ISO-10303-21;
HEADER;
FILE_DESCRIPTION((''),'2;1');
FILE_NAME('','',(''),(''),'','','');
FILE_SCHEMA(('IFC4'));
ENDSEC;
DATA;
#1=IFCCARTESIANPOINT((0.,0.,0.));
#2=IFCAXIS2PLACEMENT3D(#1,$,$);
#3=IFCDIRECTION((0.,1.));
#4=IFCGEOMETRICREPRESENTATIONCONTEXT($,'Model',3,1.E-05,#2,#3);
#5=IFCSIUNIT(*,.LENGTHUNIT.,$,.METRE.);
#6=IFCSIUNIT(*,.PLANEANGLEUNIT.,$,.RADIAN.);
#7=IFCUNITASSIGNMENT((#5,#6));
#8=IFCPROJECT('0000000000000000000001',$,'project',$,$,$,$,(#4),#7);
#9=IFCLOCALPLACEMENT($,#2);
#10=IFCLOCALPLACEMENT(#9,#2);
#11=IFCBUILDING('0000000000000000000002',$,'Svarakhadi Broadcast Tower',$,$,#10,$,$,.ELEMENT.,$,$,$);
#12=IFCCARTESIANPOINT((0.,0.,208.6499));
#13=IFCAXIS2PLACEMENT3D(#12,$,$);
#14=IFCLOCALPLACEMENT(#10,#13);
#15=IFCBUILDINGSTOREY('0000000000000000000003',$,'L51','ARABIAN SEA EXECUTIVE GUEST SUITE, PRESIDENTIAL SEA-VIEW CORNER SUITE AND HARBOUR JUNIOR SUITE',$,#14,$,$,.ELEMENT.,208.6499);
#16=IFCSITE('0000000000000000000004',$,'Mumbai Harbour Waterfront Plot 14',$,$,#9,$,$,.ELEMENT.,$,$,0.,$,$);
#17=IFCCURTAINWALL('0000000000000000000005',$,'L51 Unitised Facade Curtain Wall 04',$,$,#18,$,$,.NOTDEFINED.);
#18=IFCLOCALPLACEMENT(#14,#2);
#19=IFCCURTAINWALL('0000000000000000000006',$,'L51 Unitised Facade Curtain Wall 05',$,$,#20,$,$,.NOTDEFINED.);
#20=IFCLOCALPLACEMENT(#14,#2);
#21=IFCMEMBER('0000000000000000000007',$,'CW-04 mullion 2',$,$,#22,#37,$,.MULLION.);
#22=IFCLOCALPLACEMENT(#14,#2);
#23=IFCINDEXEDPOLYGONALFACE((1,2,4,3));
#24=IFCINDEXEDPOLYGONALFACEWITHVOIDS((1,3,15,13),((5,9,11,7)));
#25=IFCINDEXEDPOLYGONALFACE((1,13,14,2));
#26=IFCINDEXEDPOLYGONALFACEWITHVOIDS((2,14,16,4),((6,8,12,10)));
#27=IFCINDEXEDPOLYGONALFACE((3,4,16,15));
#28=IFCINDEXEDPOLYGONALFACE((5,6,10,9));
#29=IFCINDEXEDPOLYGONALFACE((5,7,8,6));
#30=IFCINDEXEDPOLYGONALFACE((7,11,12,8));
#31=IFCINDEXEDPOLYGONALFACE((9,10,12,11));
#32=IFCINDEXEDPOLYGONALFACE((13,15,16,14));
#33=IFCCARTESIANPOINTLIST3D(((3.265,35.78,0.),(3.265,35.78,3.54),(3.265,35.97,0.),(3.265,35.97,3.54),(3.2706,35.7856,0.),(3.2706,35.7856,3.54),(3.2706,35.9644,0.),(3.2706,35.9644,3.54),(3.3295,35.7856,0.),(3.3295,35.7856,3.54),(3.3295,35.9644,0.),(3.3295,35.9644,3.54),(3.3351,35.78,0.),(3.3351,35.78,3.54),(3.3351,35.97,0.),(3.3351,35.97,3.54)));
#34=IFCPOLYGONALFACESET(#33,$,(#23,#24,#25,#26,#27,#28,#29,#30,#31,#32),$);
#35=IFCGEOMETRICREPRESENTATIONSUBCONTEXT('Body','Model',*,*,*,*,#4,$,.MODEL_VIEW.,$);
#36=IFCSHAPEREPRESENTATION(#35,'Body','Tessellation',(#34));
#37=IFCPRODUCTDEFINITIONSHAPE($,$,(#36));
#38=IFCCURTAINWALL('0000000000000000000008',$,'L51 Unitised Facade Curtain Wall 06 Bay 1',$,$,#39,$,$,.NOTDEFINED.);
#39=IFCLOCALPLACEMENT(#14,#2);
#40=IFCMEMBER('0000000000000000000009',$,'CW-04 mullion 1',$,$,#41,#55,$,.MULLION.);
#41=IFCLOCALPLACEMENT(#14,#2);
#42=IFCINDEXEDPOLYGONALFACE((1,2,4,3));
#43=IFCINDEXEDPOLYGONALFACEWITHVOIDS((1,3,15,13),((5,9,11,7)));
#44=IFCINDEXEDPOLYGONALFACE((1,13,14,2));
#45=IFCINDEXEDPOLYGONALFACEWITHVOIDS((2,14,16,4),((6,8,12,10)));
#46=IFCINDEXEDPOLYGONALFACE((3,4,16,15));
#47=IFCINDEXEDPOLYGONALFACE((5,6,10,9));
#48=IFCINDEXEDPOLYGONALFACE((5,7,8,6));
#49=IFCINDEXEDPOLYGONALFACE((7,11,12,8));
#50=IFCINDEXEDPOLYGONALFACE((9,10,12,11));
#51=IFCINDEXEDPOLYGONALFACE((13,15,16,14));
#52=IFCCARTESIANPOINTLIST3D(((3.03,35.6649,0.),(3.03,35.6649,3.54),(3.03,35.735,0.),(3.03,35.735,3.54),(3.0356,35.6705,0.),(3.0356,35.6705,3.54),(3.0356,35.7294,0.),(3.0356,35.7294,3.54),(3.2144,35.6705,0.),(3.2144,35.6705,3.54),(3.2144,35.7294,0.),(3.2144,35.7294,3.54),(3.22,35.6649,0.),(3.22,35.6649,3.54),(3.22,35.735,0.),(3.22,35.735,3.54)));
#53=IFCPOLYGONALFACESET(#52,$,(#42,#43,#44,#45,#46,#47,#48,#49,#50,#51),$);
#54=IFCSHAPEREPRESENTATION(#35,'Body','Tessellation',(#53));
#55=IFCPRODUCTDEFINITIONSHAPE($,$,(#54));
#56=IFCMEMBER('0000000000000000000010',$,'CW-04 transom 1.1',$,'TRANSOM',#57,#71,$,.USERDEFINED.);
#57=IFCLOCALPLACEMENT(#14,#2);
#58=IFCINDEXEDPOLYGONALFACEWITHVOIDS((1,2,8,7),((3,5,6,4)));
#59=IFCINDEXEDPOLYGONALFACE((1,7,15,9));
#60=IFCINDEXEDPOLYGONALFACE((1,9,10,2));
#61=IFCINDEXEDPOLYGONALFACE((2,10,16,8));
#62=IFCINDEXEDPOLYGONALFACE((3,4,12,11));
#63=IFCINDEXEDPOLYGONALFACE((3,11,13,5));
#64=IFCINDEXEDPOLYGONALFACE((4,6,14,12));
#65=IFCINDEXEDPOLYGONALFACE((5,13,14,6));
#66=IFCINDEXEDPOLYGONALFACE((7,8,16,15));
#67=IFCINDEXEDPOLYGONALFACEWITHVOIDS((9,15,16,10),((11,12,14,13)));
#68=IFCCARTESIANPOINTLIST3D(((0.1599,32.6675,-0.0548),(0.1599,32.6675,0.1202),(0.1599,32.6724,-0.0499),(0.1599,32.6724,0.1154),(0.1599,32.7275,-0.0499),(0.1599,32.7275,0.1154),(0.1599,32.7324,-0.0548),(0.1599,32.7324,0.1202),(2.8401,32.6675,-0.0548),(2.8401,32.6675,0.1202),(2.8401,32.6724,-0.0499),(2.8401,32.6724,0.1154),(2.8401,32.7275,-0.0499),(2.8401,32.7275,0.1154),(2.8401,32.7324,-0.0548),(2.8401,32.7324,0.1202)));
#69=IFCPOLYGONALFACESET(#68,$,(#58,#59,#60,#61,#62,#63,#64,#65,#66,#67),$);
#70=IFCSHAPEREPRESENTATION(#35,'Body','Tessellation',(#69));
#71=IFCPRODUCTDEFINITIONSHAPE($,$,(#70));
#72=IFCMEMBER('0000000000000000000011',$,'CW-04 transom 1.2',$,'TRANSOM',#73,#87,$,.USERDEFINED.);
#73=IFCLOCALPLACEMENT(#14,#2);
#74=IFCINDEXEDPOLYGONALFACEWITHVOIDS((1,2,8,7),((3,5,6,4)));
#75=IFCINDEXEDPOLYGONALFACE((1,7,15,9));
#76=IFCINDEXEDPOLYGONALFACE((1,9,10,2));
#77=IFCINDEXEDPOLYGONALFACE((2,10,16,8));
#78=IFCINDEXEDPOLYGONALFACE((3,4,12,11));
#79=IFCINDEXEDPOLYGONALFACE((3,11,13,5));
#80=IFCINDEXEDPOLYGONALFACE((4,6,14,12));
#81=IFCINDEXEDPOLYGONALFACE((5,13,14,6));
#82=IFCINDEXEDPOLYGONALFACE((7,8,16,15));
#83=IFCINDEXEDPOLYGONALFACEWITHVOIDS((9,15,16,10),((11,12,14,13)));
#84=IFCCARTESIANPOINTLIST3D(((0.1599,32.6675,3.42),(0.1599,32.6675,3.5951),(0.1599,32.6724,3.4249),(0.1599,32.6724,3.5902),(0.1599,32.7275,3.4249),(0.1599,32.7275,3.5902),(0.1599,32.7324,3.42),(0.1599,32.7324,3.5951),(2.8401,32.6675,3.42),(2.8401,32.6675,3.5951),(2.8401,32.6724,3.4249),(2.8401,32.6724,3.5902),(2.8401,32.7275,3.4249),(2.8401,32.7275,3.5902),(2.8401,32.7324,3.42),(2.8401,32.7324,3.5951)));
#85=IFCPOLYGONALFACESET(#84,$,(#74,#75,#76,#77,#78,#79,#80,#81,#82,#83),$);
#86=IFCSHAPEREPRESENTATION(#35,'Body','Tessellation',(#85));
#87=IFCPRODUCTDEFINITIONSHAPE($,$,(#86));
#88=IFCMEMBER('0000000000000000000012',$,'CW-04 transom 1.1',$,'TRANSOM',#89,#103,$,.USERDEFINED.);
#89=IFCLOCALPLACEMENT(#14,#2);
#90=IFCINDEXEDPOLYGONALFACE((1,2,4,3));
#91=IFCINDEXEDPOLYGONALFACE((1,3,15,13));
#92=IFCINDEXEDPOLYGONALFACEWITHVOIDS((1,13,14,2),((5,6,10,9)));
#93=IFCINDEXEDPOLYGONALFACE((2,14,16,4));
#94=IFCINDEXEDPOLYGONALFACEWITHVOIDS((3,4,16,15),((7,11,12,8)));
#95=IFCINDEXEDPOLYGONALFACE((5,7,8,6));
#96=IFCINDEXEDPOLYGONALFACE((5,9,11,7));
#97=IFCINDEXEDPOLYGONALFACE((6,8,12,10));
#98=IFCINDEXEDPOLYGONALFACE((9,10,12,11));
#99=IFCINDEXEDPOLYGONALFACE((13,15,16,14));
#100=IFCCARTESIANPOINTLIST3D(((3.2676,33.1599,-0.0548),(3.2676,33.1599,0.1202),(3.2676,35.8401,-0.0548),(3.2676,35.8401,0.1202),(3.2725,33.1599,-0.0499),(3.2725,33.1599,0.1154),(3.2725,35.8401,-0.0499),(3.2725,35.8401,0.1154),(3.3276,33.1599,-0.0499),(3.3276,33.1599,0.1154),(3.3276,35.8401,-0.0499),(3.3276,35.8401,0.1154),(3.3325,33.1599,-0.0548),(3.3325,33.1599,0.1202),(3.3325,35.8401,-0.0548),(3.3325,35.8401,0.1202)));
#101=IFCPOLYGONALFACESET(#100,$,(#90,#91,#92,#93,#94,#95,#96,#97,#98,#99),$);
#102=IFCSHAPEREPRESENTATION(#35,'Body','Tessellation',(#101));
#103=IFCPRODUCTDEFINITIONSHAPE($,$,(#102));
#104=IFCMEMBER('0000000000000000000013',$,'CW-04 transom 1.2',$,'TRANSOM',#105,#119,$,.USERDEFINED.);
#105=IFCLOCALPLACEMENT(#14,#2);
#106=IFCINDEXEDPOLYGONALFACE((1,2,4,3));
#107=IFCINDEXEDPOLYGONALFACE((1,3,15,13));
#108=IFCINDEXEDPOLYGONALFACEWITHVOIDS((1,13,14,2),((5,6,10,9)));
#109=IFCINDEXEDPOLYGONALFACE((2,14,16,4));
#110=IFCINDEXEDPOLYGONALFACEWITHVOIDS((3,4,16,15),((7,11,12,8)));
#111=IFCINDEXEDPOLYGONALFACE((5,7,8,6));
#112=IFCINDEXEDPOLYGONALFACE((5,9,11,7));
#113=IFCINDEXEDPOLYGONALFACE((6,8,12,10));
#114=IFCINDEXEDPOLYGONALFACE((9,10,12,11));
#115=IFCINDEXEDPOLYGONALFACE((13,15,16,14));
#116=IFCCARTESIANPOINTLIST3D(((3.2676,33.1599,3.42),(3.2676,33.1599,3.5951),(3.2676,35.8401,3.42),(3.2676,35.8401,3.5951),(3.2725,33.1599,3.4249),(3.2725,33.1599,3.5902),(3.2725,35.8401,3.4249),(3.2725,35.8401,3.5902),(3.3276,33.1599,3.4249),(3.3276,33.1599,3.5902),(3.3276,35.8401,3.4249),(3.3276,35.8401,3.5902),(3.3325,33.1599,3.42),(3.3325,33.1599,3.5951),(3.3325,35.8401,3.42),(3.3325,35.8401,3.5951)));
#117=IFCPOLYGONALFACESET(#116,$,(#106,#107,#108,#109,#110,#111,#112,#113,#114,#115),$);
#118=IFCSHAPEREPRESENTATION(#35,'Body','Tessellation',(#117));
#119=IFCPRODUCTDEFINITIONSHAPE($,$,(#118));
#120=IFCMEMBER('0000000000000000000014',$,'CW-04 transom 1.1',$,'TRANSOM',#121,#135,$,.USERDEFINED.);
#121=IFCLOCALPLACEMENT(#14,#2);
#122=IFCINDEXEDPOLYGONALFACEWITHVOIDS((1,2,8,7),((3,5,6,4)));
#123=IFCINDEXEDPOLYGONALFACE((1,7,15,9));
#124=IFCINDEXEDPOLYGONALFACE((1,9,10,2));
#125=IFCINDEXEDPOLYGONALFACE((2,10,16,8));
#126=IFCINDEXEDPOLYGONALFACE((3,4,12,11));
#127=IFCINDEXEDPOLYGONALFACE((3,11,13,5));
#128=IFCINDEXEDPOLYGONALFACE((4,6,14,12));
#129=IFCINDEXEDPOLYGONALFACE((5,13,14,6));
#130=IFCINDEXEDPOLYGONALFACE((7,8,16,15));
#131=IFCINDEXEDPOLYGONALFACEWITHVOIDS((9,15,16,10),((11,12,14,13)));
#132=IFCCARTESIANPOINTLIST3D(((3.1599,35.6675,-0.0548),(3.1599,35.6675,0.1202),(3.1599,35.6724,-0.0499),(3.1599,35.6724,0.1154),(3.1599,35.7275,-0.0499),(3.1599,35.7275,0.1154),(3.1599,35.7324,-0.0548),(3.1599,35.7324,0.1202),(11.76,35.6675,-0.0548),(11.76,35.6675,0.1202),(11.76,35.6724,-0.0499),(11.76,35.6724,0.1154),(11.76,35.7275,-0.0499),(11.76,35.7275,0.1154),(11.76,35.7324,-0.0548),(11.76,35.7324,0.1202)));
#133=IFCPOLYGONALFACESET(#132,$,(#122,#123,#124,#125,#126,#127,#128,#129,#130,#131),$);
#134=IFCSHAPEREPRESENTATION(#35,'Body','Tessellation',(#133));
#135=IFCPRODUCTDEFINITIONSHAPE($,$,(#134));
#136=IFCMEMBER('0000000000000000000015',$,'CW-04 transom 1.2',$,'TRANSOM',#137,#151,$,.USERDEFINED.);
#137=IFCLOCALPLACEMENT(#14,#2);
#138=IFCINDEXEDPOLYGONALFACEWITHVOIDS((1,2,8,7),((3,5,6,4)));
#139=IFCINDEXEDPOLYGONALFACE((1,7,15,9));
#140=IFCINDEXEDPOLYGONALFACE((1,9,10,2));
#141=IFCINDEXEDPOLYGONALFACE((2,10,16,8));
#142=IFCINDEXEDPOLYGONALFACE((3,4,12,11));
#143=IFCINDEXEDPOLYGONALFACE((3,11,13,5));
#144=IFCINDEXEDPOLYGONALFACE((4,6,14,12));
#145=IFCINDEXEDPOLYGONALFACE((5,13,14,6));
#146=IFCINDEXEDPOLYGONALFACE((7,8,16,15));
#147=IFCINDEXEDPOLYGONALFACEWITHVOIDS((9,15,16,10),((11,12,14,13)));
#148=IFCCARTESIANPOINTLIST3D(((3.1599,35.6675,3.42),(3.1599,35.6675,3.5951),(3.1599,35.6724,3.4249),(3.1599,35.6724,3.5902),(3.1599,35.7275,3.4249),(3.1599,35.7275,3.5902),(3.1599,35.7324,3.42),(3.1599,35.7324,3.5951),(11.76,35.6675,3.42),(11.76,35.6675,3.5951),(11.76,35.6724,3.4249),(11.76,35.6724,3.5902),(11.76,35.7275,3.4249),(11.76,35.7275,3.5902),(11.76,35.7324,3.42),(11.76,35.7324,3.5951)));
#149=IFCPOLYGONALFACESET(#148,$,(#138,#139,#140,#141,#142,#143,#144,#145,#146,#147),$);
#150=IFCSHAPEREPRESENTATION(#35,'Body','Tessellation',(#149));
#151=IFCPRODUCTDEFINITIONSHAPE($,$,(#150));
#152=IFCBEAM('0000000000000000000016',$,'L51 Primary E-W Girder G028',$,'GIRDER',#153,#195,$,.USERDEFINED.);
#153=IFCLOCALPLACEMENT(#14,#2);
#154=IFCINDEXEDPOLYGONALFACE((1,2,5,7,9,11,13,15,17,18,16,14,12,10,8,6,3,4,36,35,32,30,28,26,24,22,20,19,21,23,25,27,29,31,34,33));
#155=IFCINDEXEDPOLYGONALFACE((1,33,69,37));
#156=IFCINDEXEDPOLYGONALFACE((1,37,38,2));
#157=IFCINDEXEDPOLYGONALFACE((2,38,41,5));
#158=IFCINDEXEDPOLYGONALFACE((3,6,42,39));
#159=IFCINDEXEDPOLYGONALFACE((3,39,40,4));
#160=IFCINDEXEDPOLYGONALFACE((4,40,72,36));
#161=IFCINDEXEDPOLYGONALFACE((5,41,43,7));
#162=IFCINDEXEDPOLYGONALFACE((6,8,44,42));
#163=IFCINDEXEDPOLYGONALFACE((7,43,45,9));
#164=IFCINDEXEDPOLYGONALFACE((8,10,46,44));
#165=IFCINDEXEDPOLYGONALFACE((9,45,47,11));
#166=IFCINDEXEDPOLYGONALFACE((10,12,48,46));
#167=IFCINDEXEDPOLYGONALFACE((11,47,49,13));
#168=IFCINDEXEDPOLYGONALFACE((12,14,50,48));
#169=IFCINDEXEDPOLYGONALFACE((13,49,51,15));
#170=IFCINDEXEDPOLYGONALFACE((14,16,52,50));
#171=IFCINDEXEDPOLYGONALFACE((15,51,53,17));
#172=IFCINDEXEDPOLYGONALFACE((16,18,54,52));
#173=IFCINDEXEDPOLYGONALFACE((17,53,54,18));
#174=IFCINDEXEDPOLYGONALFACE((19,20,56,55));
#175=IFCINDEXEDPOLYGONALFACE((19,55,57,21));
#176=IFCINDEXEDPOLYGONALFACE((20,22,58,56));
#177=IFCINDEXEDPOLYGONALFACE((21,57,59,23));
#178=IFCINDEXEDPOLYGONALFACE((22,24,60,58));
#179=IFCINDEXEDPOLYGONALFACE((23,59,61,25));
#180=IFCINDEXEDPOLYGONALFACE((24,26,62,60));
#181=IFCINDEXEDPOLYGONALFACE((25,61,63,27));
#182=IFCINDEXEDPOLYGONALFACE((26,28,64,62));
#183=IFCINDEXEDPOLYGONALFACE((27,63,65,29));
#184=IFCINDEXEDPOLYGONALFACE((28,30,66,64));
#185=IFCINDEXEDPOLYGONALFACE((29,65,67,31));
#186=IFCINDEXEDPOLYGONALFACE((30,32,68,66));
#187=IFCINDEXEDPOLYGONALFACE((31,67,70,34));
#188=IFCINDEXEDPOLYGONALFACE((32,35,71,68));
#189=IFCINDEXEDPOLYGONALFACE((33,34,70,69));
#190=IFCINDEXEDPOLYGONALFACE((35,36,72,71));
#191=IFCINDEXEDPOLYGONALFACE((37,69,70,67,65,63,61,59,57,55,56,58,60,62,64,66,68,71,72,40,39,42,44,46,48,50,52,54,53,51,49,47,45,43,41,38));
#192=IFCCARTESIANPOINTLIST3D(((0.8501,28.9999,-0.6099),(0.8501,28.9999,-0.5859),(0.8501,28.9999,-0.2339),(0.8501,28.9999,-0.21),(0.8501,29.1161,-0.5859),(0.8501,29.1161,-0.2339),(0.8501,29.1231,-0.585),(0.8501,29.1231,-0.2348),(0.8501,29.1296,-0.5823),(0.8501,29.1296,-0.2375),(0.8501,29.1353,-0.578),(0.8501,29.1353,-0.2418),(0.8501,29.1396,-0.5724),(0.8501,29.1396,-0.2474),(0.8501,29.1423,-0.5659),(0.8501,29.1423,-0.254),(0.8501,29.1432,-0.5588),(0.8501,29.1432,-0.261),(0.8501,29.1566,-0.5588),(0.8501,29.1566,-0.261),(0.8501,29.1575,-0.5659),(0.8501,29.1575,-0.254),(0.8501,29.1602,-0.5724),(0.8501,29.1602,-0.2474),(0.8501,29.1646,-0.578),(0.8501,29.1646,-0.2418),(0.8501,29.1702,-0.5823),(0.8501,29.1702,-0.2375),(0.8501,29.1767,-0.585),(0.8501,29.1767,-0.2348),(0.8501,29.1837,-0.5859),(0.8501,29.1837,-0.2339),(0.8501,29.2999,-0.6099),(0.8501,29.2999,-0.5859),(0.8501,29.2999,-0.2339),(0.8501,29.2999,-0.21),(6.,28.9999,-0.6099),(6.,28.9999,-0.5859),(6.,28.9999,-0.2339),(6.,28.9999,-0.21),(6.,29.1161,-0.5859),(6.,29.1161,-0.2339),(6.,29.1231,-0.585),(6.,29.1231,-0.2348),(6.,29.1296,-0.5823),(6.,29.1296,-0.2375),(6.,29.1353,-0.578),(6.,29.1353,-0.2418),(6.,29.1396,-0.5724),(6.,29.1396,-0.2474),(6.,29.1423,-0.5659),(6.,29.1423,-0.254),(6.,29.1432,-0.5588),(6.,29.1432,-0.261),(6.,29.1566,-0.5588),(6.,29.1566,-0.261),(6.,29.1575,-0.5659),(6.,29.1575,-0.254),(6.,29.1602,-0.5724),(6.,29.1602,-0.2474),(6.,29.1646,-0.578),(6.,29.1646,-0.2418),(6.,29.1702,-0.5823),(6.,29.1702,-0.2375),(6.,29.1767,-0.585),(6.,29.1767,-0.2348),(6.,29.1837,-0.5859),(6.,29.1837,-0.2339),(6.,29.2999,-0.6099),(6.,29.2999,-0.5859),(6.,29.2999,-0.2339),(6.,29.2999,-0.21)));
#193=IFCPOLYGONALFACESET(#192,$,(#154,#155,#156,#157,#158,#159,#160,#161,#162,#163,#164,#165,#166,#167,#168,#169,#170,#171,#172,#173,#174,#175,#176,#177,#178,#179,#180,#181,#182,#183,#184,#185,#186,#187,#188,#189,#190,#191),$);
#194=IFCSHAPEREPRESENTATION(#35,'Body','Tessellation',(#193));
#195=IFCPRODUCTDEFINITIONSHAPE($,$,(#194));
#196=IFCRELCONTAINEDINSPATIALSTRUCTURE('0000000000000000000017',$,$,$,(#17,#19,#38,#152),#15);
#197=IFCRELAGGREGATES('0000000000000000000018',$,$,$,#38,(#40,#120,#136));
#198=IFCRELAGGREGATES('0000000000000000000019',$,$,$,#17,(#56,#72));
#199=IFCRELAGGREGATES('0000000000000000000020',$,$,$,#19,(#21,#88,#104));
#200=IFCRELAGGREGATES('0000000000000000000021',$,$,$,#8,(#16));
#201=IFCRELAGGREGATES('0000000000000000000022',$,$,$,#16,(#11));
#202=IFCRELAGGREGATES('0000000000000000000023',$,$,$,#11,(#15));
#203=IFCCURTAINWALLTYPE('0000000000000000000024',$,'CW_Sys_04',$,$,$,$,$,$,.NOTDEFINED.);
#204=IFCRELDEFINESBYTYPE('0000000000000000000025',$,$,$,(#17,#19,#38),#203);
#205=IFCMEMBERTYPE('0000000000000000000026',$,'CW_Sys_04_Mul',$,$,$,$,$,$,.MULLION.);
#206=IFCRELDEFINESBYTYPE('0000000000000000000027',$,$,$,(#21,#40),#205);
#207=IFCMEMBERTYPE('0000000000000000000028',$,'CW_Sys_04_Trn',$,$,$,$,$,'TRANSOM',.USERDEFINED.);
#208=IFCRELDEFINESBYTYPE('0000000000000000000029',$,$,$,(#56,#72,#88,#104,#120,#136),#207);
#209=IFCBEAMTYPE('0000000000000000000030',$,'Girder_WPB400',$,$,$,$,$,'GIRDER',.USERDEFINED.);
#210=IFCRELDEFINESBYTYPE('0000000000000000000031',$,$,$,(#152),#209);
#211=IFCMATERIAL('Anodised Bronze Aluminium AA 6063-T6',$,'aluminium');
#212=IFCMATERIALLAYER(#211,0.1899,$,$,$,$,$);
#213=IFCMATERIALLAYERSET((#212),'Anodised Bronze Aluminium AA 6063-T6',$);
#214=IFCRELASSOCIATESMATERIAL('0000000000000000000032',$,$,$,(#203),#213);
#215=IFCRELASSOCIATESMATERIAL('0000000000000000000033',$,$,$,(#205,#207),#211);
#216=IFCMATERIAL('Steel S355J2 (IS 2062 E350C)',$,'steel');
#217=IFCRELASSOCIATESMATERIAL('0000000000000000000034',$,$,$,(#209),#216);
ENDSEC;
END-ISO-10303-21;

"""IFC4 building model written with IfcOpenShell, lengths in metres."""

from ifc_helpers import new_model, si_unit, direction, frame, origin, origin_2d, place, context, subcontext, project, spatial, hollow_rectangle, i_section, extrude, material, layer, layer_set, material_profile, profile_set, type_object, element, aggregate, save


model = new_model("IFC4")

# Units and contexts
model_context = context("Model", 3, precision=1e-05, world=origin(), true_north=direction((0.0, 1.0)))
body_context = subcontext(model_context, "Body", "Model", "MODEL_VIEW")
ifc_project = project(units=[si_unit("LENGTHUNIT", "METRE"), si_unit("PLANEANGLEUNIT", "RADIAN")], contexts=[model_context])

# Site, building, storey
site_placement = place(None, origin())
site = spatial("IfcSite", under=ifc_project, at=site_placement, Name="Mumbai Harbour Waterfront Plot 14", CompositionType="ELEMENT", RefElevation=0.0)
building_placement = place(site_placement, origin())
building = spatial("IfcBuilding", under=site, at=building_placement, Name="Svarakhadi Broadcast Tower", CompositionType="ELEMENT")
storey_placement = place(building_placement, frame((0.0, 0.0, 208.6499)))
storey = spatial("IfcBuildingStorey", under=building, at=storey_placement, Name="L51", Description="ARABIAN SEA EXECUTIVE GUEST SUITE, PRESIDENTIAL SEA-VIEW CORNER SUITE AND HARBOUR JUNIOR SUITE", CompositionType="ELEMENT", Elevation=208.6499)

# Shared definitions
ifc_material_1 = material(Name="Anodised Bronze Aluminium AA 6063-T6", Category="aluminium")
ifc_layer_1 = layer(ifc_material_1, 0.1899)
ifc_layer_set_1 = layer_set([ifc_layer_1], Name="Anodised Bronze Aluminium AA 6063-T6")
curtain_wall_type = type_object("IfcCurtainWallType", Name="CW_Sys_04", PredefinedType="NOTDEFINED", material=ifc_layer_set_1)
ifc_material_profile_1 = material_profile(ifc_material_1, hollow_rectangle(XDim=0.0701, YDim=0.1899, WallThickness=0.0056, at=origin_2d()), Name="ALU MULLION 190x70x6")
ifc_profile_set_1 = profile_set([ifc_material_profile_1], Name="Anodised Bronze Aluminium AA 6063-T6")
member_type_1 = type_object("IfcMemberType", Name="CW_Sys_04_Mul", PredefinedType="MULLION", material=ifc_profile_set_1)

# Curtain walls, member
curtain_wall_1_placement = place(storey_placement, origin())
curtain_wall_1 = element("IfcCurtainWall", 1, at=curtain_wall_1_placement, inside=storey, type_object=curtain_wall_type, Name="L51 Unitised Facade Curtain Wall 04", PredefinedType="NOTDEFINED")
curtain_wall_2_placement = place(storey_placement, origin())
curtain_wall_2 = element("IfcCurtainWall", 2, at=curtain_wall_2_placement, inside=storey, type_object=curtain_wall_type, Name="L51 Unitised Facade Curtain Wall 05", PredefinedType="NOTDEFINED")
member_1_placement = place(storey_placement, frame((3.3, 35.875, 0.0), z_axis=(0.0, 0.0, 1.0), x_axis=(-1.0, 0.0, 0.0)))
member_1 = element("IfcMember", 3, at=member_1_placement, type_object=member_type_1, Name="CW-04 mullion 2", PredefinedType="MULLION", context=body_context, shape_type="SweptSolid", body=[
    extrude(hollow_rectangle(XDim=0.0701, YDim=0.1899, WallThickness=0.0056, at=origin_2d()), origin(), (0.0, 0.0, 1.0), 3.54),
])

# Curtain wall, member
curtain_wall_3_placement = place(storey_placement, origin())
curtain_wall_3 = element("IfcCurtainWall", 4, at=curtain_wall_3_placement, inside=storey, type_object=curtain_wall_type, Name="L51 Unitised Facade Curtain Wall 06 Bay 1", PredefinedType="NOTDEFINED")
member_2_placement = place(storey_placement, frame((3.125, 35.7, 0.0), z_axis=(0.0, 0.0, 1.0), x_axis=(0.0, 1.0, 0.0)))
member_2 = element("IfcMember", 5, at=member_2_placement, type_object=member_type_1, Name="CW-04 mullion 1", PredefinedType="MULLION", context=body_context, shape_type="SweptSolid", body=[
    extrude(hollow_rectangle(XDim=0.0701, YDim=0.1899, WallThickness=0.0056, at=origin_2d()), origin(), (0.0, 0.0, 1.0), 3.54),
])

# Members
ifc_material_profile_2 = material_profile(ifc_material_1, hollow_rectangle(XDim=0.0649, YDim=0.175, WallThickness=0.0049, at=origin_2d()), Name="ALU TRANSOM 175x65x5")
ifc_profile_set_2 = profile_set([ifc_material_profile_2], Name="Anodised Bronze Aluminium AA 6063-T6")
member_type_2 = type_object("IfcMemberType", Name="CW_Sys_04_Trn", ElementType="TRANSOM", PredefinedType="USERDEFINED", material=ifc_profile_set_2)
member_3_placement = place(storey_placement, frame((0.1599, 32.7, 0.0327), z_axis=(1.0, 0.0, 0.0), x_axis=(0.0, 1.0, 0.0)))
member_3 = element("IfcMember", 6, at=member_3_placement, type_object=member_type_2, Name="CW-04 transom 1.1", ObjectType="TRANSOM", PredefinedType="USERDEFINED", context=body_context, shape_type="SweptSolid", body=[
    extrude(hollow_rectangle(XDim=0.0649, YDim=0.175, WallThickness=0.0049, at=origin_2d()), origin(), (0.0, 0.0, 1.0), 2.6802),
])
member_4_placement = place(storey_placement, frame((0.1599, 32.7, 3.5076), z_axis=(1.0, 0.0, 0.0), x_axis=(0.0, 1.0, 0.0)))
member_4 = element("IfcMember", 7, at=member_4_placement, type_object=member_type_2, Name="CW-04 transom 1.2", ObjectType="TRANSOM", PredefinedType="USERDEFINED", context=body_context, shape_type="SweptSolid", body=[
    extrude(hollow_rectangle(XDim=0.0649, YDim=0.175, WallThickness=0.0049, at=origin_2d()), origin(), (0.0, 0.0, 1.0), 2.6802),
])
member_5_placement = place(storey_placement, frame((3.3, 33.1599, 0.0327), z_axis=(0.0, 1.0, 0.0), x_axis=(-1.0, 0.0, 0.0)))
member_5 = element("IfcMember", 8, at=member_5_placement, type_object=member_type_2, Name="CW-04 transom 1.1", ObjectType="TRANSOM", PredefinedType="USERDEFINED", context=body_context, shape_type="SweptSolid", body=[
    extrude(hollow_rectangle(XDim=0.0649, YDim=0.175, WallThickness=0.0049, at=origin_2d()), origin(), (0.0, 0.0, 1.0), 2.6802),
])
member_6_placement = place(storey_placement, frame((3.3, 33.1599, 3.5076), z_axis=(0.0, 1.0, 0.0), x_axis=(-1.0, 0.0, 0.0)))
member_6 = element("IfcMember", 9, at=member_6_placement, type_object=member_type_2, Name="CW-04 transom 1.2", ObjectType="TRANSOM", PredefinedType="USERDEFINED", context=body_context, shape_type="SweptSolid", body=[
    extrude(hollow_rectangle(XDim=0.0649, YDim=0.175, WallThickness=0.0049, at=origin_2d()), origin(), (0.0, 0.0, 1.0), 2.6802),
])
member_7_placement = place(storey_placement, frame((3.1599, 35.7, 0.0327), z_axis=(1.0, 0.0, 0.0), x_axis=(0.0, 1.0, 0.0)))
member_7 = element("IfcMember", 10, at=member_7_placement, type_object=member_type_2, Name="CW-04 transom 1.1", ObjectType="TRANSOM", PredefinedType="USERDEFINED", context=body_context, shape_type="SweptSolid", body=[
    extrude(hollow_rectangle(XDim=0.0649, YDim=0.175, WallThickness=0.0049, at=origin_2d()), origin(), (0.0, 0.0, 1.0), 8.6001),
])
member_8_placement = place(storey_placement, frame((3.1599, 35.7, 3.5076), z_axis=(1.0, 0.0, 0.0), x_axis=(0.0, 1.0, 0.0)))
member_8 = element("IfcMember", 11, at=member_8_placement, type_object=member_type_2, Name="CW-04 transom 1.2", ObjectType="TRANSOM", PredefinedType="USERDEFINED", context=body_context, shape_type="SweptSolid", body=[
    extrude(hollow_rectangle(XDim=0.0649, YDim=0.175, WallThickness=0.0049, at=origin_2d()), origin(), (0.0, 0.0, 1.0), 8.6001),
])
aggregate(curtain_wall_3, [member_2, member_7, member_8])

# Beam
ifc_material_2 = material(Name="Steel S355J2 (IS 2062 E350C)", Category="steel")
ifc_material_profile_3 = material_profile(ifc_material_2, i_section(OverallWidth=0.3, OverallDepth=0.3999, WebThickness=0.0134, FlangeThickness=0.0239, FilletRadius=0.0271, at=origin_2d()), Name="WPB 400x300x155")
ifc_profile_set_3 = profile_set([ifc_material_profile_3], Name="Steel S355J2 (IS 2062 E350C)")
beam_type_1 = type_object("IfcBeamType", Name="Girder_WPB400", ElementType="GIRDER", PredefinedType="USERDEFINED", material=ifc_profile_set_3)
beam_1_placement = place(storey_placement, frame((0.8501, 29.1499, -0.4099), z_axis=(1.0, 0.0, 0.0), x_axis=(0.0, 1.0, 0.0)))
element("IfcBeam", 12, at=beam_1_placement, inside=storey, type_object=beam_type_1, Name="L51 Primary E-W Girder G028", ObjectType="GIRDER", PredefinedType="USERDEFINED", context=body_context, shape_type="SweptSolid", body=[
    extrude(i_section(OverallWidth=0.3, OverallDepth=0.3999, WebThickness=0.0134, FlangeThickness=0.0239, FilletRadius=0.0271, at=origin_2d()), origin(), (0.0, 0.0, 1.0), 5.1499),
])

aggregate(curtain_wall_1, [member_3, member_4])
aggregate(curtain_wall_2, [member_1, member_5, member_6])

save(model, "model.ifc")
